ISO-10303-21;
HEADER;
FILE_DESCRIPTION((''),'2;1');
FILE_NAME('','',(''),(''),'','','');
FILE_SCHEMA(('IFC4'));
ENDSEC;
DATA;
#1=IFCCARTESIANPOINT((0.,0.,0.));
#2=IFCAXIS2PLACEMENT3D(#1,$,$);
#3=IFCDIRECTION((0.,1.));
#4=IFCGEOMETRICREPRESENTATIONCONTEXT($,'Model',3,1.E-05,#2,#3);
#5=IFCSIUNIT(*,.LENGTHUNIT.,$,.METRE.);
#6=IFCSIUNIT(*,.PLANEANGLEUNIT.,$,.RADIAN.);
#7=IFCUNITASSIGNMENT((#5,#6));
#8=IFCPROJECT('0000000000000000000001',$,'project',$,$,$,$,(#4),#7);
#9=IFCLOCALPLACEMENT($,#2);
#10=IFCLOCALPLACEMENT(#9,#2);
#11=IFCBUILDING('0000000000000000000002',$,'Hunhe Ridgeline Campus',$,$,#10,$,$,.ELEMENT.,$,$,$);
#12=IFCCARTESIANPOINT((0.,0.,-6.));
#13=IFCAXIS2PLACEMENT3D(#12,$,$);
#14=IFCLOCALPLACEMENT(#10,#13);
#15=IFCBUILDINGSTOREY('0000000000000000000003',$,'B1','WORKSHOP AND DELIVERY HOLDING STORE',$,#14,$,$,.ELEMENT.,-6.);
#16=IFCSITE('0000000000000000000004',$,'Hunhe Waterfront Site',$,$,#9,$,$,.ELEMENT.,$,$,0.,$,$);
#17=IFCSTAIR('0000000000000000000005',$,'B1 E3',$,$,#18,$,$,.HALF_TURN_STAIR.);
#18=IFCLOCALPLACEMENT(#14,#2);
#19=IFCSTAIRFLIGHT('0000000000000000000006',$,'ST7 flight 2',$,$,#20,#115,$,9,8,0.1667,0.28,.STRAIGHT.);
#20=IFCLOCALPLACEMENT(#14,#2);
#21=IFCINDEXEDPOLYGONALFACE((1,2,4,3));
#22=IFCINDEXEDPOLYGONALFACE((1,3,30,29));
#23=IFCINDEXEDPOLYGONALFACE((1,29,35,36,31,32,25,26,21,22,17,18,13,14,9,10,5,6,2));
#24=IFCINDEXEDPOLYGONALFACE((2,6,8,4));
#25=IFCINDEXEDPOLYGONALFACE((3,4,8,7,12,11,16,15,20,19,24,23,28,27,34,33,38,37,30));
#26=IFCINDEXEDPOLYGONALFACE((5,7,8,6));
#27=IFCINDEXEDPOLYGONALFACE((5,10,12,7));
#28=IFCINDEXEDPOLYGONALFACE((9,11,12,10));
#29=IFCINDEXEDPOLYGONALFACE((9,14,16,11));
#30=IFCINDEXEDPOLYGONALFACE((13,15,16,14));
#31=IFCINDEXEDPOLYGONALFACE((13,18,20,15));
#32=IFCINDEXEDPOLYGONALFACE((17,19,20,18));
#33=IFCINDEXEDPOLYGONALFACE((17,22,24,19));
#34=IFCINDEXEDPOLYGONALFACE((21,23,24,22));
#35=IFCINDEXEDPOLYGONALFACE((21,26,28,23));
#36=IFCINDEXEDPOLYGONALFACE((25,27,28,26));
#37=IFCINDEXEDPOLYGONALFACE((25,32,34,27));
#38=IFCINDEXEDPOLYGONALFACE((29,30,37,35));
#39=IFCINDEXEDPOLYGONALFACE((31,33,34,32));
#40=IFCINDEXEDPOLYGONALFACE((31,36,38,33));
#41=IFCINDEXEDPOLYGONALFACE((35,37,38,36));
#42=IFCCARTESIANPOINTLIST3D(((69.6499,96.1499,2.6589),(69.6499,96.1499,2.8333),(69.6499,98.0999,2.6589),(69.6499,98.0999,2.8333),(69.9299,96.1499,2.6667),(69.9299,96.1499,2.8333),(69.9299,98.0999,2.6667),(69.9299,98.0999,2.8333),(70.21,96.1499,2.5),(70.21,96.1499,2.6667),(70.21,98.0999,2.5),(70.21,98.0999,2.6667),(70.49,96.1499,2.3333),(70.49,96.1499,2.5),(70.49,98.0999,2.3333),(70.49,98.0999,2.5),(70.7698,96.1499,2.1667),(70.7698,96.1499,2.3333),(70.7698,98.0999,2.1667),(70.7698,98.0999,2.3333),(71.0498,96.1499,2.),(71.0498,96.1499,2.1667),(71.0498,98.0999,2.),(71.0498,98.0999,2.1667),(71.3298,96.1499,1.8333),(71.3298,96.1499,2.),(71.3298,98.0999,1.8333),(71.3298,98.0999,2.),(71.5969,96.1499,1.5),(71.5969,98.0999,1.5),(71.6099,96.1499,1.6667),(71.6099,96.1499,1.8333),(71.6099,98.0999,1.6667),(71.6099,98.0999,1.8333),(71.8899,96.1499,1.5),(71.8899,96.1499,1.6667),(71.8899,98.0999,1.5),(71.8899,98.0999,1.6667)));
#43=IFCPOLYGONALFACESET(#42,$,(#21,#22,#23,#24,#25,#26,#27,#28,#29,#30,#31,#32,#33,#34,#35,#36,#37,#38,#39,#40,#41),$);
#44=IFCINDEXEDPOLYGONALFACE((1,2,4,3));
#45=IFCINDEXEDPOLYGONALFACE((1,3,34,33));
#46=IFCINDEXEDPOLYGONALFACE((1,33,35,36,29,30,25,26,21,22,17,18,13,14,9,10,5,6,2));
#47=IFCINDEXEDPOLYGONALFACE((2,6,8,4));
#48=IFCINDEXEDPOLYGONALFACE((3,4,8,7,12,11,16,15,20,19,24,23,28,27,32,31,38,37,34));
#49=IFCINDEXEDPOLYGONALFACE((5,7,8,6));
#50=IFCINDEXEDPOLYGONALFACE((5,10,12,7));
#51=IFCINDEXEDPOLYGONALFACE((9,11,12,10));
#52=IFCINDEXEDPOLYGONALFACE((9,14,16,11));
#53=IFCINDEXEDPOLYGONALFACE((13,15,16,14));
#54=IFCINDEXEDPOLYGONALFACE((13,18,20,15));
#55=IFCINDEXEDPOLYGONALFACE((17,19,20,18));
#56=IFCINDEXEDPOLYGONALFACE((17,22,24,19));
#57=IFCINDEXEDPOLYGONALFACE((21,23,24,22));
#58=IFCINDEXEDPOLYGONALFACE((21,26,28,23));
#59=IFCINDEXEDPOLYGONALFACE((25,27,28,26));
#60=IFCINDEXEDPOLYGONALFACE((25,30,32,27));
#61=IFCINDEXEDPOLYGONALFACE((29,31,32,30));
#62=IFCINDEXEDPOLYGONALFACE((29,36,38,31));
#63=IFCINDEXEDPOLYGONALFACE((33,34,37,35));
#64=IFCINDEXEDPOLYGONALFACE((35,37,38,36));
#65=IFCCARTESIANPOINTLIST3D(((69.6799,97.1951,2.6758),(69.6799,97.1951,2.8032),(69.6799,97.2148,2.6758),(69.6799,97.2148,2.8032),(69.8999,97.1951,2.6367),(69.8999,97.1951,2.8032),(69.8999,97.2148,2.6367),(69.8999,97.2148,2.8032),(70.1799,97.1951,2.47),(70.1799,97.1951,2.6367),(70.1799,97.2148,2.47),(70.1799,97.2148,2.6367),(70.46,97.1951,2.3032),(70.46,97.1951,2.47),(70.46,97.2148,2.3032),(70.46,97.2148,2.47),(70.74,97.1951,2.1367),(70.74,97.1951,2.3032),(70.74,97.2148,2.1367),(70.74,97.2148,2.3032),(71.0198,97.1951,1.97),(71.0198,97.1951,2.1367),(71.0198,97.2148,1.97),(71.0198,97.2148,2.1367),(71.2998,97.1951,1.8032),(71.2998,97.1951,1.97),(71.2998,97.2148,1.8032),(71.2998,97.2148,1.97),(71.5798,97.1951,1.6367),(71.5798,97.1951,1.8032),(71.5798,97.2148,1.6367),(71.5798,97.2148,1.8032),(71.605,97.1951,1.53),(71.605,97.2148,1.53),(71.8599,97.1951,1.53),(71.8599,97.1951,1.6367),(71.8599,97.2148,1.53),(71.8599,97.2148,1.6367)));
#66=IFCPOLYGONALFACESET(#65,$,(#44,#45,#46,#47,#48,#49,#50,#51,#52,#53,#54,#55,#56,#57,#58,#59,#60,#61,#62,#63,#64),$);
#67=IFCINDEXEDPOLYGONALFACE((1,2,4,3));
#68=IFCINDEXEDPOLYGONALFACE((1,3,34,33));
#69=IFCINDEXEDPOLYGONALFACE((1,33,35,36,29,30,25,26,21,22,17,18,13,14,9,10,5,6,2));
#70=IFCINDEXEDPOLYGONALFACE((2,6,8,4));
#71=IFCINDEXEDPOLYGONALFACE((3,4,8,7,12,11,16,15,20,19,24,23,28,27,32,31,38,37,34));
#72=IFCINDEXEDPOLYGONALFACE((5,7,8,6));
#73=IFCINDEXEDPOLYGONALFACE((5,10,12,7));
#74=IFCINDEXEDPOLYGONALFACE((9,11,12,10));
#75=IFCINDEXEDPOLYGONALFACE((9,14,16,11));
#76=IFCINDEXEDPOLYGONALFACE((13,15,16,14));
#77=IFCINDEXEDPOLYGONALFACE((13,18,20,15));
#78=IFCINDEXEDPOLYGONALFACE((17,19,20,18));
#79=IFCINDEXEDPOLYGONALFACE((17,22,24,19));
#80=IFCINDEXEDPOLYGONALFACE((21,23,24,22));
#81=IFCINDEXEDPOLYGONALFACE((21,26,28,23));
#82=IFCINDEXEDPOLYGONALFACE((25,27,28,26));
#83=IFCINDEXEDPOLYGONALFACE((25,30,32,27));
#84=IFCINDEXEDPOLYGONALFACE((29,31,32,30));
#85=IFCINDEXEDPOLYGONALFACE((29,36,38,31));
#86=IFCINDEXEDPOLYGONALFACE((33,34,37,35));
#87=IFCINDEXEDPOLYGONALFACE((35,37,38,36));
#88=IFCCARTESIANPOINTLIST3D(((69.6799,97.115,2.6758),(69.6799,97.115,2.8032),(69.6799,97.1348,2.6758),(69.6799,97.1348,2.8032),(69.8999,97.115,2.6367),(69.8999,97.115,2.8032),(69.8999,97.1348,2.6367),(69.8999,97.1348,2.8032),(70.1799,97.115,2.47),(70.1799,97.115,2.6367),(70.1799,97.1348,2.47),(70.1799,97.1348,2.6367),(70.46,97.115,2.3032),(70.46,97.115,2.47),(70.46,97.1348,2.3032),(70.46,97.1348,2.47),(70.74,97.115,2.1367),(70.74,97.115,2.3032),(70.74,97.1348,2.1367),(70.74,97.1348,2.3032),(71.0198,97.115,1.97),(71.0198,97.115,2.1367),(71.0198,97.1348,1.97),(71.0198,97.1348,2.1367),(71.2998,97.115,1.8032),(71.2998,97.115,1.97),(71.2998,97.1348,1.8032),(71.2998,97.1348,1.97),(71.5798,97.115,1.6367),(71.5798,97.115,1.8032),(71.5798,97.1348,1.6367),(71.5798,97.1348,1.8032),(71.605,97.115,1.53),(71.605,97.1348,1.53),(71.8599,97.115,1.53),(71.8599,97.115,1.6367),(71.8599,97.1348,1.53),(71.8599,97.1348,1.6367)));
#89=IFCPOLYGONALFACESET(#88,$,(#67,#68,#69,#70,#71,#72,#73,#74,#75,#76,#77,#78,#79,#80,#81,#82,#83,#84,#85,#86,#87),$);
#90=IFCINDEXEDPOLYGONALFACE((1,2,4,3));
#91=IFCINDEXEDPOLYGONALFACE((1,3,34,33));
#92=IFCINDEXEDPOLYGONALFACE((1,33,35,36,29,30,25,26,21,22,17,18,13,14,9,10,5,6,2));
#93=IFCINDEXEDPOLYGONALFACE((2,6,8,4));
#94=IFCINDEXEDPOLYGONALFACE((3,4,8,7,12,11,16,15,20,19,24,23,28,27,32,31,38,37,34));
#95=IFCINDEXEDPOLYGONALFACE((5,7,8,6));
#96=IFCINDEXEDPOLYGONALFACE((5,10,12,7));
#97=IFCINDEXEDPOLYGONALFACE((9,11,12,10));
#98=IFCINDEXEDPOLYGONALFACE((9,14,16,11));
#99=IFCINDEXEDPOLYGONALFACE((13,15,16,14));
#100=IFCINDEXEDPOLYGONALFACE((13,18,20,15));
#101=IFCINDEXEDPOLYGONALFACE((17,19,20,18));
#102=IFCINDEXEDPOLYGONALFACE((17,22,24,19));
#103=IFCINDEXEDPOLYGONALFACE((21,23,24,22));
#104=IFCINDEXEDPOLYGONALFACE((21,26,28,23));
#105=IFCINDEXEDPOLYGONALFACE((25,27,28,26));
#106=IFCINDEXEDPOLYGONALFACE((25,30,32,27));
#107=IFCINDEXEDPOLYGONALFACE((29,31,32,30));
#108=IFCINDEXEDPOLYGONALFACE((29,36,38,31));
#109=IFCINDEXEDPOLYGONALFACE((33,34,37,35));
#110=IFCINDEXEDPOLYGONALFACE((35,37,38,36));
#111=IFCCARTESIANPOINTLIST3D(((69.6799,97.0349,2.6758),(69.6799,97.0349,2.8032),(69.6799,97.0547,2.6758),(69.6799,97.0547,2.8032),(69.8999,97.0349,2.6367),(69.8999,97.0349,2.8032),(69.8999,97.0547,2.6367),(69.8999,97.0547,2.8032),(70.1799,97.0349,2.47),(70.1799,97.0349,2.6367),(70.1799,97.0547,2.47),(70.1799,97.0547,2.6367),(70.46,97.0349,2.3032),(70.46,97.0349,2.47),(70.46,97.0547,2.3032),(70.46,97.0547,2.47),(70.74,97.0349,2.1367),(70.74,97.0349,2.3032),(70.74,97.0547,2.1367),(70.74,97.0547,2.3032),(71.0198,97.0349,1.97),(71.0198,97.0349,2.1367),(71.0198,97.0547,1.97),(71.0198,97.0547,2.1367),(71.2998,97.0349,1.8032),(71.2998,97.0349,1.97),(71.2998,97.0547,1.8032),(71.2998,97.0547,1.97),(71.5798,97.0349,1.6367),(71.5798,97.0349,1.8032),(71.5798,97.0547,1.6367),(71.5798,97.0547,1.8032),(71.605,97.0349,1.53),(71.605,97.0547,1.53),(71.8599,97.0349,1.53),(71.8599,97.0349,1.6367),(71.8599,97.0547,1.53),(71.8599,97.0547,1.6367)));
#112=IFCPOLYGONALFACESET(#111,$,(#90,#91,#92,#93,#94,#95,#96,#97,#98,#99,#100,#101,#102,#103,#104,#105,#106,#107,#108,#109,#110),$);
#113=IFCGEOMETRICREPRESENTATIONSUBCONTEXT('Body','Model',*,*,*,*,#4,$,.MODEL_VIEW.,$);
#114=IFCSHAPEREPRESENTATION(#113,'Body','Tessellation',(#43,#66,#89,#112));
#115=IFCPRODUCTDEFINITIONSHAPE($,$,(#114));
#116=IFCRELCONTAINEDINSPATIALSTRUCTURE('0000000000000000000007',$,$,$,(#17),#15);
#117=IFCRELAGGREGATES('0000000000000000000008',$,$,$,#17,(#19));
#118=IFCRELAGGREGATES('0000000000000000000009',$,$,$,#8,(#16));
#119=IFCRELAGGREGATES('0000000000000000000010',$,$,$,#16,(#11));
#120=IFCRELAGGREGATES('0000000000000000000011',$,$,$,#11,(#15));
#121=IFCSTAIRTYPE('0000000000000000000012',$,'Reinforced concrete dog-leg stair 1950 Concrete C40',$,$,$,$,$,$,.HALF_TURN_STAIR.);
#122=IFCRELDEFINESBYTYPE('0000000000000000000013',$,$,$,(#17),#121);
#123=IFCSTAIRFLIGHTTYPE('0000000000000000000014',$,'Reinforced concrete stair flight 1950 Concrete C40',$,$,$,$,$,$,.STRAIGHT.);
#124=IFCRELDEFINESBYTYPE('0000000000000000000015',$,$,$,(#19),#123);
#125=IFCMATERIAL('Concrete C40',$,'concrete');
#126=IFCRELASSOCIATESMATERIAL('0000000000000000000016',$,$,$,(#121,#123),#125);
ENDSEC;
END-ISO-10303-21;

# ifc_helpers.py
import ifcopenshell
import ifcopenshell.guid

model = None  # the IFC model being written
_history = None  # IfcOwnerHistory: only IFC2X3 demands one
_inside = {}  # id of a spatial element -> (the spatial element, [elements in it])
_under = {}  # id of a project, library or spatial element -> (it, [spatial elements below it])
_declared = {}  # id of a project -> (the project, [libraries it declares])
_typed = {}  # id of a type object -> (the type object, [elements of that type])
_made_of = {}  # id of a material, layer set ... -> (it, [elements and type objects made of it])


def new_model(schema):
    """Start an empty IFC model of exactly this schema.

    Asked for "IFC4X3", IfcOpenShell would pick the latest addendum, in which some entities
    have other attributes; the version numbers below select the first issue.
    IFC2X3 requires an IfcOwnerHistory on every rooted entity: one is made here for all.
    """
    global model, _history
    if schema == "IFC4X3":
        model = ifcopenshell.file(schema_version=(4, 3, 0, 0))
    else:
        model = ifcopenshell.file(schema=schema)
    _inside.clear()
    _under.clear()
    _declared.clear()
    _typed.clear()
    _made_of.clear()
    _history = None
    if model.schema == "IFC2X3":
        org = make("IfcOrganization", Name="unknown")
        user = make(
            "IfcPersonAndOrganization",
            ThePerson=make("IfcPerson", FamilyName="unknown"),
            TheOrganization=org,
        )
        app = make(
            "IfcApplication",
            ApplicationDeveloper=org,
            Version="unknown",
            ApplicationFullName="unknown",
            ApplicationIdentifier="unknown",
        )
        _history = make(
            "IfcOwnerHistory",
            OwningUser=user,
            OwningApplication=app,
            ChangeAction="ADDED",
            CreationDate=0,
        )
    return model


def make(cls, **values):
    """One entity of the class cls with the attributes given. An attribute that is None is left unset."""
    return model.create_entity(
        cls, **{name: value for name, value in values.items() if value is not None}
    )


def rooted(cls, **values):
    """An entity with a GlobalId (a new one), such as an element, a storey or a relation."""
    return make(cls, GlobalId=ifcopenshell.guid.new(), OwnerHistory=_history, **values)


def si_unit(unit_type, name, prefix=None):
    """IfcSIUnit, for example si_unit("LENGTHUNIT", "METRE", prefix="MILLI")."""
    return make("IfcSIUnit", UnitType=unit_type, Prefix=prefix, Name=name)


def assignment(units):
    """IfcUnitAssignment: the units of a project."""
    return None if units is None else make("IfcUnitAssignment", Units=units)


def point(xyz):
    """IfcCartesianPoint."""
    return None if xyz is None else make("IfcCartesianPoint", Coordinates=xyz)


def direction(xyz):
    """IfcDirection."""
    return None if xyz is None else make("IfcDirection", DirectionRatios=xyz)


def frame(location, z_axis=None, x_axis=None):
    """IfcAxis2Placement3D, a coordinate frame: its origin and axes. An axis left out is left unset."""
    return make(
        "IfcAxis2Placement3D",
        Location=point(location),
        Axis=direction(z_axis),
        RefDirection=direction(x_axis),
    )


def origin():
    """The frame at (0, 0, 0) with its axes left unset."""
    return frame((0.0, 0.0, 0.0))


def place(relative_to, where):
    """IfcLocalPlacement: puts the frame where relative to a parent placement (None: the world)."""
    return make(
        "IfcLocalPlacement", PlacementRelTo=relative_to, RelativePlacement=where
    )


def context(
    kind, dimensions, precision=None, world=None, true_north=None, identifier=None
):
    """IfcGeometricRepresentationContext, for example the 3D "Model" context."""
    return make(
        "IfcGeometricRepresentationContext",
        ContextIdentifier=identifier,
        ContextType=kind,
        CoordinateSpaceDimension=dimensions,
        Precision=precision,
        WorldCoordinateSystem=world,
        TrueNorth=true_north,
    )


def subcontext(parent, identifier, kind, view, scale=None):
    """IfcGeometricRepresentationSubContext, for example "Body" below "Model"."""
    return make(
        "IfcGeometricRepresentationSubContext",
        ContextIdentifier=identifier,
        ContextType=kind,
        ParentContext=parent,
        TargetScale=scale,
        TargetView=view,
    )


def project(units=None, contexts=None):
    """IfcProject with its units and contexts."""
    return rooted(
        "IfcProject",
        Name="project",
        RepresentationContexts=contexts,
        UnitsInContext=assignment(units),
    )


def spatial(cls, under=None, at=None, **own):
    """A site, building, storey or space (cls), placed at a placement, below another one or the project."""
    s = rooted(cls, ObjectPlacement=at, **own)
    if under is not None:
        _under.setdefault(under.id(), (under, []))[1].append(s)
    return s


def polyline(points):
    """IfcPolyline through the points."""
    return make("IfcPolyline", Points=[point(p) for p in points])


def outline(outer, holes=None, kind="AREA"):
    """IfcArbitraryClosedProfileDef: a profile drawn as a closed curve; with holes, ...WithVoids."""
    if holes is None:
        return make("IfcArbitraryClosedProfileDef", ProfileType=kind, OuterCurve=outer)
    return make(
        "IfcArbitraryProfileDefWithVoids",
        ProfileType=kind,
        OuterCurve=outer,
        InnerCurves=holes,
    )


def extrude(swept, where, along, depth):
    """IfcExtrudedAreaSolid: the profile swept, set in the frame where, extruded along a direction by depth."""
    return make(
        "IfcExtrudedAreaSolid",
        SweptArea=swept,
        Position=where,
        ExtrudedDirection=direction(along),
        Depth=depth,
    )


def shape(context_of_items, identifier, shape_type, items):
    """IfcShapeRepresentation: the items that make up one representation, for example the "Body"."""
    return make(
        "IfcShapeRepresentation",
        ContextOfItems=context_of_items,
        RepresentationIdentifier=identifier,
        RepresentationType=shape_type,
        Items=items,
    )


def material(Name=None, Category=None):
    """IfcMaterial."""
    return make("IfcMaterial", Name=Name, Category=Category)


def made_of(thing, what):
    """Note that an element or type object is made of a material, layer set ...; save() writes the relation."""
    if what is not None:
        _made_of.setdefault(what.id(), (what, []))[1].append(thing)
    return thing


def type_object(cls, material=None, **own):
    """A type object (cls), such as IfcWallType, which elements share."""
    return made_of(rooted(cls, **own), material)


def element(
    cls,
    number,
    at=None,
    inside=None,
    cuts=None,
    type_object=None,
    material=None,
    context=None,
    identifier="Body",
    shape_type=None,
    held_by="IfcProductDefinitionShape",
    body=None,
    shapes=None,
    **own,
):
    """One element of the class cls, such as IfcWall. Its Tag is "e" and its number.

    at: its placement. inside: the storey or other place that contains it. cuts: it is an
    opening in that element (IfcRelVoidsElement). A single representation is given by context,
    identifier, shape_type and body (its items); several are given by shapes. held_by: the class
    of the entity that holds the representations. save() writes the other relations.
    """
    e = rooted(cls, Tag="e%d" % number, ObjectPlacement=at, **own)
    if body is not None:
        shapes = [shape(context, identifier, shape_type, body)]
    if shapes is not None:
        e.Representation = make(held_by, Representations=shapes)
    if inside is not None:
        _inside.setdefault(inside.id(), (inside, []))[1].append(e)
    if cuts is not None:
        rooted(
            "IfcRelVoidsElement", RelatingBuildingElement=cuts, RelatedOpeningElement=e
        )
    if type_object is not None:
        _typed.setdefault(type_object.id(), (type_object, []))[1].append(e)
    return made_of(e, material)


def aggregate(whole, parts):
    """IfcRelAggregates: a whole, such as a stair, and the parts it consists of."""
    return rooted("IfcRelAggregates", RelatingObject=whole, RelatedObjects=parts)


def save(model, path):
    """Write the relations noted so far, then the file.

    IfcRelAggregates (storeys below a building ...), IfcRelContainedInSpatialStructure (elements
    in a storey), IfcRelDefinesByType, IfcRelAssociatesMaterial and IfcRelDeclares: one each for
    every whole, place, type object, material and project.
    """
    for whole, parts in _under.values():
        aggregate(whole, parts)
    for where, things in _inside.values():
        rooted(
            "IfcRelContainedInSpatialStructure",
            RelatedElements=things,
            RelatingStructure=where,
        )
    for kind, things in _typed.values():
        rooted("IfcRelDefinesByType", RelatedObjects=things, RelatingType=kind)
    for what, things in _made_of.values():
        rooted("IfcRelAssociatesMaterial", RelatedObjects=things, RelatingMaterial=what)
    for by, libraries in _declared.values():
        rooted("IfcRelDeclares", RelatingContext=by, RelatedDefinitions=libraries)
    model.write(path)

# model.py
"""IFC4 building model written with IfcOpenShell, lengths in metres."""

from ifc_helpers import new_model, si_unit, direction, frame, origin, place, context, subcontext, project, spatial, polyline, outline, extrude, material, type_object, element, aggregate, save


model = new_model("IFC4")

# Units and contexts
model_context = context("Model", 3, precision=1e-05, world=origin(), true_north=direction((0.0, 1.0)))
body_context = subcontext(model_context, "Body", "Model", "MODEL_VIEW")
ifc_project = project(units=[si_unit("LENGTHUNIT", "METRE"), si_unit("PLANEANGLEUNIT", "RADIAN")], contexts=[model_context])

# Site, building, storey
site_placement = place(None, origin())
site = spatial("IfcSite", under=ifc_project, at=site_placement, Name="Hunhe Waterfront Site", CompositionType="ELEMENT", RefElevation=0.0)
building_placement = place(site_placement, origin())
building = spatial("IfcBuilding", under=site, at=building_placement, Name="Hunhe Ridgeline Campus", CompositionType="ELEMENT")
storey_placement = place(building_placement, frame((0.0, 0.0, -6.0)))
storey = spatial("IfcBuildingStorey", under=building, at=storey_placement, Name="B1", Description="WORKSHOP AND DELIVERY HOLDING STORE", CompositionType="ELEMENT", Elevation=-6.0)

# Stair, stair flight
ifc_material_1 = material(Name="Concrete C40", Category="concrete")
stair_type = type_object("IfcStairType", Name="Reinforced concrete dog-leg stair 1950 Concrete C40", PredefinedType="HALF_TURN_STAIR", material=ifc_material_1)
stair_placement = place(storey_placement, origin())
stair = element("IfcStair", 1, at=stair_placement, inside=storey, type_object=stair_type, Name="B1 E3", PredefinedType="HALF_TURN_STAIR")
stair_flight_type = type_object("IfcStairFlightType", Name="Reinforced concrete stair flight 1950 Concrete C40", PredefinedType="STRAIGHT", material=ifc_material_1)
stair_flight_1_placement = place(storey_placement, frame((71.8899, 97.125, 1.5), z_axis=(0.0, 0.0, 1.0), x_axis=(-1.0, 0.0, 0.0)))
stair_flight_1 = element("IfcStairFlight", 2, at=stair_flight_1_placement, type_object=stair_flight_type, Name="ST7 flight 2", NumberOfRisers=9, NumberOfTreads=8, PredefinedType="STRAIGHT", RiserHeight=0.1667, TreadLength=0.28, context=body_context, shape_type="SweptSolid", body=[
    extrude(outline(polyline([(0.0, 0.0), (0.0, 0.1667), (0.28, 0.1667), (0.28, 0.3333), (0.5601, 0.3333), (0.5601, 0.5), (0.8401, 0.5), (0.8401, 0.6667), (1.1201, 0.6667), (1.1201, 0.8333), (1.3999, 0.8333), (1.3999, 1.0), (1.6799, 1.0), (1.6799, 1.1667), (1.96, 1.1667), (1.96, 1.3333), (2.24, 1.3333), (2.24, 1.5), (2.24, 1.1589), (0.293, 0.0), (0.0, 0.0)])), frame((0.0, 0.9751, 0.0), z_axis=(0.0, -1.0, 0.0), x_axis=(1.0, 0.0, 0.0)), (0.0, 0.0, 1.0), 1.95),
    extrude(outline(polyline([(0.03, 0.03), (0.03, 0.1367), (0.3101, 0.1367), (0.3101, 0.3032), (0.5901, 0.3032), (0.5901, 0.47), (0.8701, 0.47), (0.8701, 0.6367), (1.1499, 0.6367), (1.1499, 0.8032), (1.4299, 0.8032), (1.4299, 0.97), (1.71, 0.97), (1.71, 1.1367), (1.99, 1.1367), (1.99, 1.3032), (2.21, 1.3032), (2.21, 1.1758), (0.2849, 0.03), (0.03, 0.03)])), frame((0.0, -0.0701, 0.0), z_axis=(0.0, -1.0, 0.0), x_axis=(1.0, 0.0, 0.0)), (0.0, 0.0, 1.0), 0.0198),
    extrude(outline(polyline([(0.03, 0.03), (0.03, 0.1367), (0.3101, 0.1367), (0.3101, 0.3032), (0.5901, 0.3032), (0.5901, 0.47), (0.8701, 0.47), (0.8701, 0.6367), (1.1499, 0.6367), (1.1499, 0.8032), (1.4299, 0.8032), (1.4299, 0.97), (1.71, 0.97), (1.71, 1.1367), (1.99, 1.1367), (1.99, 1.3032), (2.21, 1.3032), (2.21, 1.1758), (0.2849, 0.03), (0.03, 0.03)])), frame((0.0, 0.01, 0.0), z_axis=(0.0, -1.0, 0.0), x_axis=(1.0, 0.0, 0.0)), (0.0, 0.0, 1.0), 0.0198),
    extrude(outline(polyline([(0.03, 0.03), (0.03, 0.1367), (0.3101, 0.1367), (0.3101, 0.3032), (0.5901, 0.3032), (0.5901, 0.47), (0.8701, 0.47), (0.8701, 0.6367), (1.1499, 0.6367), (1.1499, 0.8032), (1.4299, 0.8032), (1.4299, 0.97), (1.71, 0.97), (1.71, 1.1367), (1.99, 1.1367), (1.99, 1.3032), (2.21, 1.3032), (2.21, 1.1758), (0.2849, 0.03), (0.03, 0.03)])), frame((0.0, 0.0901, 0.0), z_axis=(0.0, -1.0, 0.0), x_axis=(1.0, 0.0, 0.0)), (0.0, 0.0, 1.0), 0.0198),
])
aggregate(stair, [stair_flight_1])

save(model, "model.ifc")
